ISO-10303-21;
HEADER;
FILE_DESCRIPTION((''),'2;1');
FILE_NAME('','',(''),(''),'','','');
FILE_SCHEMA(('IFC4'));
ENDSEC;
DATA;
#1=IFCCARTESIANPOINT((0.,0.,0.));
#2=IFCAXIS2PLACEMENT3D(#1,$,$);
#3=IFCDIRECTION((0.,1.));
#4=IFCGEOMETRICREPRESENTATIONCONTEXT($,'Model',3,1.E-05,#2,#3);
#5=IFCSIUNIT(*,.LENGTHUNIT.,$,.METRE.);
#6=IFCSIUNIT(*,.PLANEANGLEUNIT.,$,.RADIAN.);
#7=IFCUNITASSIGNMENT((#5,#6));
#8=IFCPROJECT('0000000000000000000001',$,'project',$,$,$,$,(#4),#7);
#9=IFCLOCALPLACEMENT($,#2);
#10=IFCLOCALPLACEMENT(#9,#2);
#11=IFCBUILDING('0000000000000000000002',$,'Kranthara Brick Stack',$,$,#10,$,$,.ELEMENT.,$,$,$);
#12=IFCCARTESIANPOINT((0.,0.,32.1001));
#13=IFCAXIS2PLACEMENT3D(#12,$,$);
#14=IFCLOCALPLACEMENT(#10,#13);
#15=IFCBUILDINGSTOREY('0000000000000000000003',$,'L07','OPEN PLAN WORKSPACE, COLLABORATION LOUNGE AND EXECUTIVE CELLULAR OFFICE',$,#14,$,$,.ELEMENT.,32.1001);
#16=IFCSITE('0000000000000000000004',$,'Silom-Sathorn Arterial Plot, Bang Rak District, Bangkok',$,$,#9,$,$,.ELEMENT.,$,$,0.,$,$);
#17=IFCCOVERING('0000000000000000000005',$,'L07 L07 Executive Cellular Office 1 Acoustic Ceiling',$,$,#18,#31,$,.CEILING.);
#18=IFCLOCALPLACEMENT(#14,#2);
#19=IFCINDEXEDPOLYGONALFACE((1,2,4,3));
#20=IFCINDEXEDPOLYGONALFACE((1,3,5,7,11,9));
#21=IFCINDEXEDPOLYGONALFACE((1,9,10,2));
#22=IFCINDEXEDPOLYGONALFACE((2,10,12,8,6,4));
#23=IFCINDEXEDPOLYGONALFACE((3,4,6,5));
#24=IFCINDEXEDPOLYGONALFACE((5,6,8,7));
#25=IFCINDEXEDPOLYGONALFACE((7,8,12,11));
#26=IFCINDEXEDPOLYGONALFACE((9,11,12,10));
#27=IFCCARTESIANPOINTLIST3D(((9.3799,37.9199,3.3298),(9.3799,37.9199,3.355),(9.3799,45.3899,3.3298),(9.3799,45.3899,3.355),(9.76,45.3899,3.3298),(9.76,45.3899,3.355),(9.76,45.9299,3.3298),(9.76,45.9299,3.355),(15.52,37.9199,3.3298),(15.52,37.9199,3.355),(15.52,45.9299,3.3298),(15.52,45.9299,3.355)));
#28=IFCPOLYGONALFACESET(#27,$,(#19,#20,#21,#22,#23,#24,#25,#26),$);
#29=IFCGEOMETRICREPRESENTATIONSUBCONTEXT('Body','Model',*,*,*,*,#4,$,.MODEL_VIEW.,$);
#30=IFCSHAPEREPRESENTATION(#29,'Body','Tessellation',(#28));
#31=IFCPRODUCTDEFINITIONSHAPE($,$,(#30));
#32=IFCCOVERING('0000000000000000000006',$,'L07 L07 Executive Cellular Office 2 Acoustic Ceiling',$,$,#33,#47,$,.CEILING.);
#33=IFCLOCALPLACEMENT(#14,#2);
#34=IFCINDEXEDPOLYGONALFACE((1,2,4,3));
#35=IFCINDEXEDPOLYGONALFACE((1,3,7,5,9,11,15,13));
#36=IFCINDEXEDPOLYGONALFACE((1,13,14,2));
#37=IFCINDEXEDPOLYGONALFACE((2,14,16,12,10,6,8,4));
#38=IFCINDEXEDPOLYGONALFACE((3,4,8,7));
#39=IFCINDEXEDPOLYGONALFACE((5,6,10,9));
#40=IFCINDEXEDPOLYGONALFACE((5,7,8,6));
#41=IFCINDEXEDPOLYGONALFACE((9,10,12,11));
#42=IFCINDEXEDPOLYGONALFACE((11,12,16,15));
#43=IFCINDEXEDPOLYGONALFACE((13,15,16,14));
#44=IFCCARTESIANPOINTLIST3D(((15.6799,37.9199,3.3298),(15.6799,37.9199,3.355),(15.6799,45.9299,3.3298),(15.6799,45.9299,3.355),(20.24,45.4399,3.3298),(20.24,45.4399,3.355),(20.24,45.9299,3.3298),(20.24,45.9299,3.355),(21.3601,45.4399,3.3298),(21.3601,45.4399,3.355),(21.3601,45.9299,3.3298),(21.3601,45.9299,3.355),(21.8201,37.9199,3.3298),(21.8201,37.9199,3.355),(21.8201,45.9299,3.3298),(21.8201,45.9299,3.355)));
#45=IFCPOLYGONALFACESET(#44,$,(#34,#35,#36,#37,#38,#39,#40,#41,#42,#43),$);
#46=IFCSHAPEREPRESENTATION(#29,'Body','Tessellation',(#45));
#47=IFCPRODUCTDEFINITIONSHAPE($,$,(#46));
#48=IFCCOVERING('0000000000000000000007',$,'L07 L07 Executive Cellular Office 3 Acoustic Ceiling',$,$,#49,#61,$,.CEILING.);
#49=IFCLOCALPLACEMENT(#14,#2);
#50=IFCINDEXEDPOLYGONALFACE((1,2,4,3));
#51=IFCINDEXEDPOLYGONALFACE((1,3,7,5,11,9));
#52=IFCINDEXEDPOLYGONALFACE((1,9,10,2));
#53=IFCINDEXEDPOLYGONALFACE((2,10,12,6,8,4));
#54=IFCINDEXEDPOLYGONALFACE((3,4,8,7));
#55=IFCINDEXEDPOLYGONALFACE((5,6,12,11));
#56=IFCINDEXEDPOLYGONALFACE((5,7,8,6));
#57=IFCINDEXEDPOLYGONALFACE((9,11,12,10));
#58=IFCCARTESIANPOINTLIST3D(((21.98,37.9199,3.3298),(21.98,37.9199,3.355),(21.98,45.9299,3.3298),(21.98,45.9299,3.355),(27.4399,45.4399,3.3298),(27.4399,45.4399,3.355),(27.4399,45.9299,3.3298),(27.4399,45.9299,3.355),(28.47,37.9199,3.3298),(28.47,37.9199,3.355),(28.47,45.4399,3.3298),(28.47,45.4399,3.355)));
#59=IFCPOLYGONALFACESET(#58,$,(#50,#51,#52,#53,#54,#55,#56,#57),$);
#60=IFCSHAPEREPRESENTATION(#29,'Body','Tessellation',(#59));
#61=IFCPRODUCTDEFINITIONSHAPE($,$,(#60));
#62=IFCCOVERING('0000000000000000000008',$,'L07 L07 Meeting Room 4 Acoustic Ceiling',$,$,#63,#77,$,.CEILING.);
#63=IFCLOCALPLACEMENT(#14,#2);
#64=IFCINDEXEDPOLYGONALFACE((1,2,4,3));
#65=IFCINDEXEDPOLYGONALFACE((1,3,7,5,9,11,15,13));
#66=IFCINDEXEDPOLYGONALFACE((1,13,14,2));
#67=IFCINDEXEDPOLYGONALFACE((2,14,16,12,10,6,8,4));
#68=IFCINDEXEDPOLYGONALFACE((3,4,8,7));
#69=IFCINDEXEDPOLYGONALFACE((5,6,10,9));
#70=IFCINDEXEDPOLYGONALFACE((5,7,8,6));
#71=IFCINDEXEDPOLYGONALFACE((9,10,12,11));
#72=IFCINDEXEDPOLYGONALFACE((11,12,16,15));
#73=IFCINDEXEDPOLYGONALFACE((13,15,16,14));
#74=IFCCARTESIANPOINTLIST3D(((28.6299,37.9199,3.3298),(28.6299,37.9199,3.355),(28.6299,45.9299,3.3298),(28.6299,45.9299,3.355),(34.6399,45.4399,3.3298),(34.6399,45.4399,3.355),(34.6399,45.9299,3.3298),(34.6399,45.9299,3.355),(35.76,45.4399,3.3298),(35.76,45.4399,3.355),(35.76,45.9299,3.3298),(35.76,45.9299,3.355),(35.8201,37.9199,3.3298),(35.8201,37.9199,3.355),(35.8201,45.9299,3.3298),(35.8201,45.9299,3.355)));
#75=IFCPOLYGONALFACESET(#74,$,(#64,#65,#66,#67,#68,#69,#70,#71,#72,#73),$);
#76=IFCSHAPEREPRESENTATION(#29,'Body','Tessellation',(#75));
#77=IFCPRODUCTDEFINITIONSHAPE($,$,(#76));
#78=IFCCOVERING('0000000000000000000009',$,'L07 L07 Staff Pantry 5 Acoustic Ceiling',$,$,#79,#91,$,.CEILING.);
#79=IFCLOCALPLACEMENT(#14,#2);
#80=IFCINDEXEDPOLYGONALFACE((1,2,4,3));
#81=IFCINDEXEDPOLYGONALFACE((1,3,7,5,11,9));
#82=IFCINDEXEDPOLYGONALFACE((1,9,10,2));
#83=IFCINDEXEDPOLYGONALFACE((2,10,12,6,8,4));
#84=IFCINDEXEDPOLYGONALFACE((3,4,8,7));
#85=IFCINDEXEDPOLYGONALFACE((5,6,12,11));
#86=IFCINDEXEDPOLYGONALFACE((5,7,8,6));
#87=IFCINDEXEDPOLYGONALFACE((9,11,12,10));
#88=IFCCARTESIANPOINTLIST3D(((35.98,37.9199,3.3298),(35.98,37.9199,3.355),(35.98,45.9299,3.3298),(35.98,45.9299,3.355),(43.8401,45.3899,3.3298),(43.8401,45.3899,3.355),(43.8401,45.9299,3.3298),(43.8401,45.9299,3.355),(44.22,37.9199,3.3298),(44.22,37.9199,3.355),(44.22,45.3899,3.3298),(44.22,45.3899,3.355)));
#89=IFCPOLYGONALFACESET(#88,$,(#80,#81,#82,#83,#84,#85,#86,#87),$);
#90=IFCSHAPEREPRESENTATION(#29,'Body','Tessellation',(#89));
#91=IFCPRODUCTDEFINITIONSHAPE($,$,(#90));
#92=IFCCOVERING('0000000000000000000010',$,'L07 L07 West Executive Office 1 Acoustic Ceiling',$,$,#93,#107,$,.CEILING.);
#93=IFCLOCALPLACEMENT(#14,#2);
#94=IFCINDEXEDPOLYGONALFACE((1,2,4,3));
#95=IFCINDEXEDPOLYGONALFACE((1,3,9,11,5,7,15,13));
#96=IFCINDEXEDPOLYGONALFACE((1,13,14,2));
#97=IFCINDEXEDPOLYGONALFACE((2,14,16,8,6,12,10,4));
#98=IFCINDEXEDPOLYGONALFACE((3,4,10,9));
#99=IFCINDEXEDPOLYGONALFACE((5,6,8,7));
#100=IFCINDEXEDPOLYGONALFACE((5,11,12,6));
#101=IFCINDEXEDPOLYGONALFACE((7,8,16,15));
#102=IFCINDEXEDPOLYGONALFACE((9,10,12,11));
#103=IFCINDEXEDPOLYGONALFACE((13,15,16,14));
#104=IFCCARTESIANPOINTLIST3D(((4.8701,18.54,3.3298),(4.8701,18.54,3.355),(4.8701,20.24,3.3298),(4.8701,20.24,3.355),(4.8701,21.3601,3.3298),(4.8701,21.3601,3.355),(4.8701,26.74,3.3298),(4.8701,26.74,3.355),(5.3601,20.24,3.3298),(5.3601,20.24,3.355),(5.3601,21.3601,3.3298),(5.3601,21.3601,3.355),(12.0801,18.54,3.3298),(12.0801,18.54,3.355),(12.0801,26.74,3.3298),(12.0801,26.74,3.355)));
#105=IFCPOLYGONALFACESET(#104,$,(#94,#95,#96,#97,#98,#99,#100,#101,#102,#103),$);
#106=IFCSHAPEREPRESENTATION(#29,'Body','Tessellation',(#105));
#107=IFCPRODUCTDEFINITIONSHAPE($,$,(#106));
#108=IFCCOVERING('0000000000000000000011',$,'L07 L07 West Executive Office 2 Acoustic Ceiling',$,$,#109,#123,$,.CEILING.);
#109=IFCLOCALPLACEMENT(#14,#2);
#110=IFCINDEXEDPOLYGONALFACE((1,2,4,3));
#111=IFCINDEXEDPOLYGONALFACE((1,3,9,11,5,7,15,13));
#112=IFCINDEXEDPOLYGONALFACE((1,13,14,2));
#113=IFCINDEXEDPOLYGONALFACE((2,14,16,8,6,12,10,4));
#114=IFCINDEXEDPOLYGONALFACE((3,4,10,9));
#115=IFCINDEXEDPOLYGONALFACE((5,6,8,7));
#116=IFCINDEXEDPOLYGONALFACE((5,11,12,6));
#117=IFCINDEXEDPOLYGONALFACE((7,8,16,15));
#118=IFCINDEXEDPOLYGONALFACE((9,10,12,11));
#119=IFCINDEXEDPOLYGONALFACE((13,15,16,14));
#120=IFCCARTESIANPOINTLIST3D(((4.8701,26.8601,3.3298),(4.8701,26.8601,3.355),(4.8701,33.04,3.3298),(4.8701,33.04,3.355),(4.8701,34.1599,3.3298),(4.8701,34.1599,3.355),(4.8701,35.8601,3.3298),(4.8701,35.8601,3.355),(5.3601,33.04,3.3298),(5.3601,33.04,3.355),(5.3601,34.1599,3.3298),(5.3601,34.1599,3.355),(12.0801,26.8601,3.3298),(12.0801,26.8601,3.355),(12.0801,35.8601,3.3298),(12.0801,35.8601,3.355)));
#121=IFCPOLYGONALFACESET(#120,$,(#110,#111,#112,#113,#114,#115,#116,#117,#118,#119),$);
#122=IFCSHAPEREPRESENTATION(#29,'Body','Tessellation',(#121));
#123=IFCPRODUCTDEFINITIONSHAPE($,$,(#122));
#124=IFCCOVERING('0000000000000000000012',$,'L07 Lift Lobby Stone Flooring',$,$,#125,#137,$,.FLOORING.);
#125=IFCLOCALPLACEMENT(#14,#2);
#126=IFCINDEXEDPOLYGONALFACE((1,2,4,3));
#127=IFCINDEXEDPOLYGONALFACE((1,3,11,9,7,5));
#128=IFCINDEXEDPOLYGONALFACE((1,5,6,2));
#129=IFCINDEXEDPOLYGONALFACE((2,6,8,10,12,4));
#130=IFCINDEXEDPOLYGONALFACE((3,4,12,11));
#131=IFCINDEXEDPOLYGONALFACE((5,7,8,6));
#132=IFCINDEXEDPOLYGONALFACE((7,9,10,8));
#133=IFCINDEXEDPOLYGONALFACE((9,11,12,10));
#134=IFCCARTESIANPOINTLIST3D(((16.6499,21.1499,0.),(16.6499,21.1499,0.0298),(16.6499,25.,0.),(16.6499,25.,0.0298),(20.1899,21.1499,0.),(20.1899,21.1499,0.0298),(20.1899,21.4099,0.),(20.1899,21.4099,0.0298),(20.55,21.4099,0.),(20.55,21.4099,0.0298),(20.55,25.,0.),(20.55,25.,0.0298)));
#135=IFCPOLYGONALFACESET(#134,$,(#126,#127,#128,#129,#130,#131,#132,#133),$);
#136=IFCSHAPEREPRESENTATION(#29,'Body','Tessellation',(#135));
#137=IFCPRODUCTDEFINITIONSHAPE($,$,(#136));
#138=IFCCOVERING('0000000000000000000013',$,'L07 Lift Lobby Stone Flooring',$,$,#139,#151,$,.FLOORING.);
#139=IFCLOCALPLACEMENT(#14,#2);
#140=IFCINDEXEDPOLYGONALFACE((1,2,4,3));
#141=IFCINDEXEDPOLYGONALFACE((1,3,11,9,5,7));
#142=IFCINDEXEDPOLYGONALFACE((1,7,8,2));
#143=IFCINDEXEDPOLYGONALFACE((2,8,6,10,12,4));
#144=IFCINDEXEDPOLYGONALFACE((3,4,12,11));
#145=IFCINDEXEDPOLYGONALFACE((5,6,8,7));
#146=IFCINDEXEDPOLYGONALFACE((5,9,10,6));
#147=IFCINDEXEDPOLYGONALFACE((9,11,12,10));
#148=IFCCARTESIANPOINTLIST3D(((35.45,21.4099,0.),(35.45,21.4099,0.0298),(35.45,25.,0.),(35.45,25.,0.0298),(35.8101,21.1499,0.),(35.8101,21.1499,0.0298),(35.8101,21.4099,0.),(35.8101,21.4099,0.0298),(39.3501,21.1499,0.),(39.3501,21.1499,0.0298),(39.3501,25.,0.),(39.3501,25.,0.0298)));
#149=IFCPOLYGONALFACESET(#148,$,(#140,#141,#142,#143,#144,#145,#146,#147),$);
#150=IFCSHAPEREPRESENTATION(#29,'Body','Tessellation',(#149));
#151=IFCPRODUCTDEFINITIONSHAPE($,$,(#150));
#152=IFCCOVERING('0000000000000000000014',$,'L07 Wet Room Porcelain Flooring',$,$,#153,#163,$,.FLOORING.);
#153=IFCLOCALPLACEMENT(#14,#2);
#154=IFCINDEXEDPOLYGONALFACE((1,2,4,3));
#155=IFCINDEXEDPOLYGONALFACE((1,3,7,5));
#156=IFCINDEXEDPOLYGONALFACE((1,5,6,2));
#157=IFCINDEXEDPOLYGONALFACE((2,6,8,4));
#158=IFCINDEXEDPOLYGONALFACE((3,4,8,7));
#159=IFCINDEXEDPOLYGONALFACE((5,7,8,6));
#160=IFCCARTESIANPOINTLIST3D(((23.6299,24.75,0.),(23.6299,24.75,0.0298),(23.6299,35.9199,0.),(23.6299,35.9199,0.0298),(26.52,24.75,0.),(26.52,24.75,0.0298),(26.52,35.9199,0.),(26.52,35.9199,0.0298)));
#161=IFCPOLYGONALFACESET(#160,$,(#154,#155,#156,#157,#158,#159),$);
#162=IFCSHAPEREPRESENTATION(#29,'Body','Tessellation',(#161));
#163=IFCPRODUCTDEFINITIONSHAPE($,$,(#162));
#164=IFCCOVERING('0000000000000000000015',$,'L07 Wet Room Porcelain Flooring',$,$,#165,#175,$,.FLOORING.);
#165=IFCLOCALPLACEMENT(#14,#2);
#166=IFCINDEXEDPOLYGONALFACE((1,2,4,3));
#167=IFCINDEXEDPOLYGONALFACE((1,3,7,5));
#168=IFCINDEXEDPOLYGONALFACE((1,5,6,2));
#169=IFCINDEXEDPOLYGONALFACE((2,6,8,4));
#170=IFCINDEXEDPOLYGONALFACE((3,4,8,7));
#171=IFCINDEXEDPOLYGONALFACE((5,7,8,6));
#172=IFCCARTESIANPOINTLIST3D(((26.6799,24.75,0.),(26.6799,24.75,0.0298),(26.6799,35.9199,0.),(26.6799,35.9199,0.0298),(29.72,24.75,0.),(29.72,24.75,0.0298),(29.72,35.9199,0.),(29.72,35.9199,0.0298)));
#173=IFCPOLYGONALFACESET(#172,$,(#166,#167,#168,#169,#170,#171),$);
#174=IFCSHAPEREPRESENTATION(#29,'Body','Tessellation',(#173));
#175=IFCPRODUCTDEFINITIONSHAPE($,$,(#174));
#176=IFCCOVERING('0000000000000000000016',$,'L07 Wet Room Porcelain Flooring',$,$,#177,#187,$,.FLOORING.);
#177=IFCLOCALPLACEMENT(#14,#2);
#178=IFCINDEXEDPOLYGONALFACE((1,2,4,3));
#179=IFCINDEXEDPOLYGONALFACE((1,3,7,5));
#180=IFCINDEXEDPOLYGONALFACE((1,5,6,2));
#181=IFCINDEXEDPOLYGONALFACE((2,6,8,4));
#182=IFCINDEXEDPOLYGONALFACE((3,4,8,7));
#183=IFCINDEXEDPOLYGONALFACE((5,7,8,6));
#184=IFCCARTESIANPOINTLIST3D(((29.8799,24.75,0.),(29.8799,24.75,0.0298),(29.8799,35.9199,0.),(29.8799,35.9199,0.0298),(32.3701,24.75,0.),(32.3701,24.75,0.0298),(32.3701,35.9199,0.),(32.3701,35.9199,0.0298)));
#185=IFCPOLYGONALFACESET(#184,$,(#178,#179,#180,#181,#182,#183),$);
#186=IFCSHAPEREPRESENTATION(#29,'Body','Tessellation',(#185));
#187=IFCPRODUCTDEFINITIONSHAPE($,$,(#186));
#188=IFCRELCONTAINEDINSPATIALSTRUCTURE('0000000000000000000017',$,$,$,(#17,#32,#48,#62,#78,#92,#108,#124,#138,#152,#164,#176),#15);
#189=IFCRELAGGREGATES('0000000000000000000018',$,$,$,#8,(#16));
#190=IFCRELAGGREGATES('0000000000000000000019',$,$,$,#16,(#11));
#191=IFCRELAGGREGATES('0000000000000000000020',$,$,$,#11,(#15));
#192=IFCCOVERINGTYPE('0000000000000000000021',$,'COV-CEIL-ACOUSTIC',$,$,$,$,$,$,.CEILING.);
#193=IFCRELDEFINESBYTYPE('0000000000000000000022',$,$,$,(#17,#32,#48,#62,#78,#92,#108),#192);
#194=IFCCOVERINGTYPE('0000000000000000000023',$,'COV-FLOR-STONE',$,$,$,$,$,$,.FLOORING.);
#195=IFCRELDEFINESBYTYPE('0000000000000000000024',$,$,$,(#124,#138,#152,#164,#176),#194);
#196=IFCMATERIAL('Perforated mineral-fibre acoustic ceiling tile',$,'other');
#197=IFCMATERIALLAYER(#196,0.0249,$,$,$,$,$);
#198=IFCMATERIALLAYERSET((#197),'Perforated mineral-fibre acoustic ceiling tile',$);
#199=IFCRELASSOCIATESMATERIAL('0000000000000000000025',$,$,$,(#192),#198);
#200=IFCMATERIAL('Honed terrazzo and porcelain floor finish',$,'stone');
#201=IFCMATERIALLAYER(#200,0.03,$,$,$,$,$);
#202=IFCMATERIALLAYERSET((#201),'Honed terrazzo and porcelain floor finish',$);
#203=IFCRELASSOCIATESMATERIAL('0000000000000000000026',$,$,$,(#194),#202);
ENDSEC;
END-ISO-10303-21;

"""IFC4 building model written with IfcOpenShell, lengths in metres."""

from ifc_helpers import new_model, si_unit, direction, frame, origin, place, context, subcontext, project, spatial, polyline, outline, extrude, material, layer, layer_set, type_object, element, save


model = new_model("IFC4")

# Units and contexts
model_context = context("Model", 3, precision=1e-05, world=origin(), true_north=direction((0.0, 1.0)))
body_context = subcontext(model_context, "Body", "Model", "MODEL_VIEW")
ifc_project = project(units=[si_unit("LENGTHUNIT", "METRE"), si_unit("PLANEANGLEUNIT", "RADIAN")], contexts=[model_context])

# Site, building, storey
site_placement = place(None, origin())
site = spatial("IfcSite", under=ifc_project, at=site_placement, Name="Silom-Sathorn Arterial Plot, Bang Rak District, Bangkok", CompositionType="ELEMENT", RefElevation=0.0)
building_placement = place(site_placement, origin())
building = spatial("IfcBuilding", under=site, at=building_placement, Name="Kranthara Brick Stack", CompositionType="ELEMENT")
storey_placement = place(building_placement, frame((0.0, 0.0, 32.1001)))
storey = spatial("IfcBuildingStorey", under=building, at=storey_placement, Name="L07", Description="OPEN PLAN WORKSPACE, COLLABORATION LOUNGE AND EXECUTIVE CELLULAR OFFICE", CompositionType="ELEMENT", Elevation=32.1001)

# Coverings
ifc_material_1 = material(Name="Perforated mineral-fibre acoustic ceiling tile", Category="other")
ifc_layer_1 = layer(ifc_material_1, 0.0249)
ifc_layer_set_1 = layer_set([ifc_layer_1], Name="Perforated mineral-fibre acoustic ceiling tile")
covering_type_1 = type_object("IfcCoveringType", Name="COV-CEIL-ACOUSTIC", PredefinedType="CEILING", material=ifc_layer_set_1)
covering_1_placement = place(storey_placement, frame((0.0, 0.0, 3.3298)))
element("IfcCovering", 1, at=covering_1_placement, inside=storey, type_object=covering_type_1, Name="L07 L07 Executive Cellular Office 1 Acoustic Ceiling", PredefinedType="CEILING", context=body_context, shape_type="SweptSolid", body=[
    extrude(outline(polyline([(15.52, 45.9299), (15.52, 37.9199), (9.3799, 37.9199), (9.3799, 45.3899), (9.76, 45.3899), (9.76, 45.9299), (15.52, 45.9299)])), origin(), (0.0, 0.0, 1.0), 0.0251),
])
covering_2_placement = place(storey_placement, frame((0.0, 0.0, 3.3298)))
element("IfcCovering", 2, at=covering_2_placement, inside=storey, type_object=covering_type_1, Name="L07 L07 Executive Cellular Office 2 Acoustic Ceiling", PredefinedType="CEILING", context=body_context, shape_type="SweptSolid", body=[
    extrude(outline(polyline([(21.8201, 45.9299), (21.8201, 37.9199), (15.6799, 37.9199), (15.6799, 45.9299), (20.24, 45.9299), (20.24, 45.4399), (21.3601, 45.4399), (21.3601, 45.9299), (21.8201, 45.9299)])), origin(), (0.0, 0.0, 1.0), 0.0251),
])
covering_3_placement = place(storey_placement, frame((0.0, 0.0, 3.3298)))
element("IfcCovering", 3, at=covering_3_placement, inside=storey, type_object=covering_type_1, Name="L07 L07 Executive Cellular Office 3 Acoustic Ceiling", PredefinedType="CEILING", context=body_context, shape_type="SweptSolid", body=[
    extrude(outline(polyline([(28.47, 37.9199), (21.98, 37.9199), (21.98, 45.9299), (27.4399, 45.9299), (27.4399, 45.4399), (28.47, 45.4399), (28.47, 37.9199)])), origin(), (0.0, 0.0, 1.0), 0.0251),
])
covering_4_placement = place(storey_placement, frame((0.0, 0.0, 3.3298)))
element("IfcCovering", 4, at=covering_4_placement, inside=storey, type_object=covering_type_1, Name="L07 L07 Meeting Room 4 Acoustic Ceiling", PredefinedType="CEILING", context=body_context, shape_type="SweptSolid", body=[
    extrude(outline(polyline([(35.8201, 45.9299), (35.8201, 37.9199), (28.6299, 37.9199), (28.6299, 45.9299), (34.6399, 45.9299), (34.6399, 45.4399), (35.76, 45.4399), (35.76, 45.9299), (35.8201, 45.9299)])), origin(), (0.0, 0.0, 1.0), 0.0251),
])
covering_5_placement = place(storey_placement, frame((0.0, 0.0, 3.3298)))
element("IfcCovering", 5, at=covering_5_placement, inside=storey, type_object=covering_type_1, Name="L07 L07 Staff Pantry 5 Acoustic Ceiling", PredefinedType="CEILING", context=body_context, shape_type="SweptSolid", body=[
    extrude(outline(polyline([(44.22, 37.9199), (35.98, 37.9199), (35.98, 45.9299), (43.8401, 45.9299), (43.8401, 45.3899), (44.22, 45.3899), (44.22, 37.9199)])), origin(), (0.0, 0.0, 1.0), 0.0251),
])
covering_6_placement = place(storey_placement, frame((0.0, 0.0, 3.3298)))
element("IfcCovering", 6, at=covering_6_placement, inside=storey, type_object=covering_type_1, Name="L07 L07 West Executive Office 1 Acoustic Ceiling", PredefinedType="CEILING", context=body_context, shape_type="SweptSolid", body=[
    extrude(outline(polyline([(4.8701, 26.74), (12.0801, 26.74), (12.0801, 18.54), (4.8701, 18.54), (4.8701, 20.24), (5.3601, 20.24), (5.3601, 21.3601), (4.8701, 21.3601), (4.8701, 26.74)])), origin(), (0.0, 0.0, 1.0), 0.0251),
])
covering_7_placement = place(storey_placement, frame((0.0, 0.0, 3.3298)))
element("IfcCovering", 7, at=covering_7_placement, inside=storey, type_object=covering_type_1, Name="L07 L07 West Executive Office 2 Acoustic Ceiling", PredefinedType="CEILING", context=body_context, shape_type="SweptSolid", body=[
    extrude(outline(polyline([(4.8701, 35.8601), (12.0801, 35.8601), (12.0801, 26.8601), (4.8701, 26.8601), (4.8701, 33.04), (5.3601, 33.04), (5.3601, 34.1599), (4.8701, 34.1599), (4.8701, 35.8601)])), origin(), (0.0, 0.0, 1.0), 0.0251),
])
ifc_material_2 = material(Name="Honed terrazzo and porcelain floor finish", Category="stone")
ifc_layer_2 = layer(ifc_material_2, 0.03)
ifc_layer_set_2 = layer_set([ifc_layer_2], Name="Honed terrazzo and porcelain floor finish")
covering_type_2 = type_object("IfcCoveringType", Name="COV-FLOR-STONE", PredefinedType="FLOORING", material=ifc_layer_set_2)
covering_8_placement = place(storey_placement, origin())
element("IfcCovering", 8, at=covering_8_placement, inside=storey, type_object=covering_type_2, Name="L07 Lift Lobby Stone Flooring", PredefinedType="FLOORING", context=body_context, shape_type="SweptSolid", body=[
    extrude(outline(polyline([(16.6499, 21.1499), (16.6499, 25.0), (20.55, 25.0), (20.55, 21.4099), (20.1899, 21.4099), (20.1899, 21.1499), (16.6499, 21.1499)])), origin(), (0.0, 0.0, 1.0), 0.0298),
])
covering_9_placement = place(storey_placement, origin())
element("IfcCovering", 9, at=covering_9_placement, inside=storey, type_object=covering_type_2, Name="L07 Lift Lobby Stone Flooring", PredefinedType="FLOORING", context=body_context, shape_type="SweptSolid", body=[
    extrude(outline(polyline([(35.45, 25.0), (39.3501, 25.0), (39.3501, 21.1499), (35.8101, 21.1499), (35.8101, 21.4099), (35.45, 21.4099), (35.45, 25.0)])), origin(), (0.0, 0.0, 1.0), 0.0298),
])
covering_10_placement = place(storey_placement, origin())
element("IfcCovering", 10, at=covering_10_placement, inside=storey, type_object=covering_type_2, Name="L07 Wet Room Porcelain Flooring", PredefinedType="FLOORING", context=body_context, shape_type="SweptSolid", body=[
    extrude(outline(polyline([(26.52, 24.75), (26.52, 35.9199), (23.6299, 35.9199), (23.6299, 24.75), (26.52, 24.75)])), origin(), (0.0, 0.0, 1.0), 0.0298),
])
covering_11_placement = place(storey_placement, origin())
element("IfcCovering", 11, at=covering_11_placement, inside=storey, type_object=covering_type_2, Name="L07 Wet Room Porcelain Flooring", PredefinedType="FLOORING", context=body_context, shape_type="SweptSolid", body=[
    extrude(outline(polyline([(29.72, 24.75), (29.72, 35.9199), (26.6799, 35.9199), (26.6799, 24.75), (29.72, 24.75)])), origin(), (0.0, 0.0, 1.0), 0.0298),
])
covering_12_placement = place(storey_placement, origin())
element("IfcCovering", 12, at=covering_12_placement, inside=storey, type_object=covering_type_2, Name="L07 Wet Room Porcelain Flooring", PredefinedType="FLOORING", context=body_context, shape_type="SweptSolid", body=[
    extrude(outline(polyline([(32.3701, 24.75), (32.3701, 35.9199), (29.8799, 35.9199), (29.8799, 24.75), (32.3701, 24.75)])), origin(), (0.0, 0.0, 1.0), 0.0298),
])

save(model, "model.ifc")
